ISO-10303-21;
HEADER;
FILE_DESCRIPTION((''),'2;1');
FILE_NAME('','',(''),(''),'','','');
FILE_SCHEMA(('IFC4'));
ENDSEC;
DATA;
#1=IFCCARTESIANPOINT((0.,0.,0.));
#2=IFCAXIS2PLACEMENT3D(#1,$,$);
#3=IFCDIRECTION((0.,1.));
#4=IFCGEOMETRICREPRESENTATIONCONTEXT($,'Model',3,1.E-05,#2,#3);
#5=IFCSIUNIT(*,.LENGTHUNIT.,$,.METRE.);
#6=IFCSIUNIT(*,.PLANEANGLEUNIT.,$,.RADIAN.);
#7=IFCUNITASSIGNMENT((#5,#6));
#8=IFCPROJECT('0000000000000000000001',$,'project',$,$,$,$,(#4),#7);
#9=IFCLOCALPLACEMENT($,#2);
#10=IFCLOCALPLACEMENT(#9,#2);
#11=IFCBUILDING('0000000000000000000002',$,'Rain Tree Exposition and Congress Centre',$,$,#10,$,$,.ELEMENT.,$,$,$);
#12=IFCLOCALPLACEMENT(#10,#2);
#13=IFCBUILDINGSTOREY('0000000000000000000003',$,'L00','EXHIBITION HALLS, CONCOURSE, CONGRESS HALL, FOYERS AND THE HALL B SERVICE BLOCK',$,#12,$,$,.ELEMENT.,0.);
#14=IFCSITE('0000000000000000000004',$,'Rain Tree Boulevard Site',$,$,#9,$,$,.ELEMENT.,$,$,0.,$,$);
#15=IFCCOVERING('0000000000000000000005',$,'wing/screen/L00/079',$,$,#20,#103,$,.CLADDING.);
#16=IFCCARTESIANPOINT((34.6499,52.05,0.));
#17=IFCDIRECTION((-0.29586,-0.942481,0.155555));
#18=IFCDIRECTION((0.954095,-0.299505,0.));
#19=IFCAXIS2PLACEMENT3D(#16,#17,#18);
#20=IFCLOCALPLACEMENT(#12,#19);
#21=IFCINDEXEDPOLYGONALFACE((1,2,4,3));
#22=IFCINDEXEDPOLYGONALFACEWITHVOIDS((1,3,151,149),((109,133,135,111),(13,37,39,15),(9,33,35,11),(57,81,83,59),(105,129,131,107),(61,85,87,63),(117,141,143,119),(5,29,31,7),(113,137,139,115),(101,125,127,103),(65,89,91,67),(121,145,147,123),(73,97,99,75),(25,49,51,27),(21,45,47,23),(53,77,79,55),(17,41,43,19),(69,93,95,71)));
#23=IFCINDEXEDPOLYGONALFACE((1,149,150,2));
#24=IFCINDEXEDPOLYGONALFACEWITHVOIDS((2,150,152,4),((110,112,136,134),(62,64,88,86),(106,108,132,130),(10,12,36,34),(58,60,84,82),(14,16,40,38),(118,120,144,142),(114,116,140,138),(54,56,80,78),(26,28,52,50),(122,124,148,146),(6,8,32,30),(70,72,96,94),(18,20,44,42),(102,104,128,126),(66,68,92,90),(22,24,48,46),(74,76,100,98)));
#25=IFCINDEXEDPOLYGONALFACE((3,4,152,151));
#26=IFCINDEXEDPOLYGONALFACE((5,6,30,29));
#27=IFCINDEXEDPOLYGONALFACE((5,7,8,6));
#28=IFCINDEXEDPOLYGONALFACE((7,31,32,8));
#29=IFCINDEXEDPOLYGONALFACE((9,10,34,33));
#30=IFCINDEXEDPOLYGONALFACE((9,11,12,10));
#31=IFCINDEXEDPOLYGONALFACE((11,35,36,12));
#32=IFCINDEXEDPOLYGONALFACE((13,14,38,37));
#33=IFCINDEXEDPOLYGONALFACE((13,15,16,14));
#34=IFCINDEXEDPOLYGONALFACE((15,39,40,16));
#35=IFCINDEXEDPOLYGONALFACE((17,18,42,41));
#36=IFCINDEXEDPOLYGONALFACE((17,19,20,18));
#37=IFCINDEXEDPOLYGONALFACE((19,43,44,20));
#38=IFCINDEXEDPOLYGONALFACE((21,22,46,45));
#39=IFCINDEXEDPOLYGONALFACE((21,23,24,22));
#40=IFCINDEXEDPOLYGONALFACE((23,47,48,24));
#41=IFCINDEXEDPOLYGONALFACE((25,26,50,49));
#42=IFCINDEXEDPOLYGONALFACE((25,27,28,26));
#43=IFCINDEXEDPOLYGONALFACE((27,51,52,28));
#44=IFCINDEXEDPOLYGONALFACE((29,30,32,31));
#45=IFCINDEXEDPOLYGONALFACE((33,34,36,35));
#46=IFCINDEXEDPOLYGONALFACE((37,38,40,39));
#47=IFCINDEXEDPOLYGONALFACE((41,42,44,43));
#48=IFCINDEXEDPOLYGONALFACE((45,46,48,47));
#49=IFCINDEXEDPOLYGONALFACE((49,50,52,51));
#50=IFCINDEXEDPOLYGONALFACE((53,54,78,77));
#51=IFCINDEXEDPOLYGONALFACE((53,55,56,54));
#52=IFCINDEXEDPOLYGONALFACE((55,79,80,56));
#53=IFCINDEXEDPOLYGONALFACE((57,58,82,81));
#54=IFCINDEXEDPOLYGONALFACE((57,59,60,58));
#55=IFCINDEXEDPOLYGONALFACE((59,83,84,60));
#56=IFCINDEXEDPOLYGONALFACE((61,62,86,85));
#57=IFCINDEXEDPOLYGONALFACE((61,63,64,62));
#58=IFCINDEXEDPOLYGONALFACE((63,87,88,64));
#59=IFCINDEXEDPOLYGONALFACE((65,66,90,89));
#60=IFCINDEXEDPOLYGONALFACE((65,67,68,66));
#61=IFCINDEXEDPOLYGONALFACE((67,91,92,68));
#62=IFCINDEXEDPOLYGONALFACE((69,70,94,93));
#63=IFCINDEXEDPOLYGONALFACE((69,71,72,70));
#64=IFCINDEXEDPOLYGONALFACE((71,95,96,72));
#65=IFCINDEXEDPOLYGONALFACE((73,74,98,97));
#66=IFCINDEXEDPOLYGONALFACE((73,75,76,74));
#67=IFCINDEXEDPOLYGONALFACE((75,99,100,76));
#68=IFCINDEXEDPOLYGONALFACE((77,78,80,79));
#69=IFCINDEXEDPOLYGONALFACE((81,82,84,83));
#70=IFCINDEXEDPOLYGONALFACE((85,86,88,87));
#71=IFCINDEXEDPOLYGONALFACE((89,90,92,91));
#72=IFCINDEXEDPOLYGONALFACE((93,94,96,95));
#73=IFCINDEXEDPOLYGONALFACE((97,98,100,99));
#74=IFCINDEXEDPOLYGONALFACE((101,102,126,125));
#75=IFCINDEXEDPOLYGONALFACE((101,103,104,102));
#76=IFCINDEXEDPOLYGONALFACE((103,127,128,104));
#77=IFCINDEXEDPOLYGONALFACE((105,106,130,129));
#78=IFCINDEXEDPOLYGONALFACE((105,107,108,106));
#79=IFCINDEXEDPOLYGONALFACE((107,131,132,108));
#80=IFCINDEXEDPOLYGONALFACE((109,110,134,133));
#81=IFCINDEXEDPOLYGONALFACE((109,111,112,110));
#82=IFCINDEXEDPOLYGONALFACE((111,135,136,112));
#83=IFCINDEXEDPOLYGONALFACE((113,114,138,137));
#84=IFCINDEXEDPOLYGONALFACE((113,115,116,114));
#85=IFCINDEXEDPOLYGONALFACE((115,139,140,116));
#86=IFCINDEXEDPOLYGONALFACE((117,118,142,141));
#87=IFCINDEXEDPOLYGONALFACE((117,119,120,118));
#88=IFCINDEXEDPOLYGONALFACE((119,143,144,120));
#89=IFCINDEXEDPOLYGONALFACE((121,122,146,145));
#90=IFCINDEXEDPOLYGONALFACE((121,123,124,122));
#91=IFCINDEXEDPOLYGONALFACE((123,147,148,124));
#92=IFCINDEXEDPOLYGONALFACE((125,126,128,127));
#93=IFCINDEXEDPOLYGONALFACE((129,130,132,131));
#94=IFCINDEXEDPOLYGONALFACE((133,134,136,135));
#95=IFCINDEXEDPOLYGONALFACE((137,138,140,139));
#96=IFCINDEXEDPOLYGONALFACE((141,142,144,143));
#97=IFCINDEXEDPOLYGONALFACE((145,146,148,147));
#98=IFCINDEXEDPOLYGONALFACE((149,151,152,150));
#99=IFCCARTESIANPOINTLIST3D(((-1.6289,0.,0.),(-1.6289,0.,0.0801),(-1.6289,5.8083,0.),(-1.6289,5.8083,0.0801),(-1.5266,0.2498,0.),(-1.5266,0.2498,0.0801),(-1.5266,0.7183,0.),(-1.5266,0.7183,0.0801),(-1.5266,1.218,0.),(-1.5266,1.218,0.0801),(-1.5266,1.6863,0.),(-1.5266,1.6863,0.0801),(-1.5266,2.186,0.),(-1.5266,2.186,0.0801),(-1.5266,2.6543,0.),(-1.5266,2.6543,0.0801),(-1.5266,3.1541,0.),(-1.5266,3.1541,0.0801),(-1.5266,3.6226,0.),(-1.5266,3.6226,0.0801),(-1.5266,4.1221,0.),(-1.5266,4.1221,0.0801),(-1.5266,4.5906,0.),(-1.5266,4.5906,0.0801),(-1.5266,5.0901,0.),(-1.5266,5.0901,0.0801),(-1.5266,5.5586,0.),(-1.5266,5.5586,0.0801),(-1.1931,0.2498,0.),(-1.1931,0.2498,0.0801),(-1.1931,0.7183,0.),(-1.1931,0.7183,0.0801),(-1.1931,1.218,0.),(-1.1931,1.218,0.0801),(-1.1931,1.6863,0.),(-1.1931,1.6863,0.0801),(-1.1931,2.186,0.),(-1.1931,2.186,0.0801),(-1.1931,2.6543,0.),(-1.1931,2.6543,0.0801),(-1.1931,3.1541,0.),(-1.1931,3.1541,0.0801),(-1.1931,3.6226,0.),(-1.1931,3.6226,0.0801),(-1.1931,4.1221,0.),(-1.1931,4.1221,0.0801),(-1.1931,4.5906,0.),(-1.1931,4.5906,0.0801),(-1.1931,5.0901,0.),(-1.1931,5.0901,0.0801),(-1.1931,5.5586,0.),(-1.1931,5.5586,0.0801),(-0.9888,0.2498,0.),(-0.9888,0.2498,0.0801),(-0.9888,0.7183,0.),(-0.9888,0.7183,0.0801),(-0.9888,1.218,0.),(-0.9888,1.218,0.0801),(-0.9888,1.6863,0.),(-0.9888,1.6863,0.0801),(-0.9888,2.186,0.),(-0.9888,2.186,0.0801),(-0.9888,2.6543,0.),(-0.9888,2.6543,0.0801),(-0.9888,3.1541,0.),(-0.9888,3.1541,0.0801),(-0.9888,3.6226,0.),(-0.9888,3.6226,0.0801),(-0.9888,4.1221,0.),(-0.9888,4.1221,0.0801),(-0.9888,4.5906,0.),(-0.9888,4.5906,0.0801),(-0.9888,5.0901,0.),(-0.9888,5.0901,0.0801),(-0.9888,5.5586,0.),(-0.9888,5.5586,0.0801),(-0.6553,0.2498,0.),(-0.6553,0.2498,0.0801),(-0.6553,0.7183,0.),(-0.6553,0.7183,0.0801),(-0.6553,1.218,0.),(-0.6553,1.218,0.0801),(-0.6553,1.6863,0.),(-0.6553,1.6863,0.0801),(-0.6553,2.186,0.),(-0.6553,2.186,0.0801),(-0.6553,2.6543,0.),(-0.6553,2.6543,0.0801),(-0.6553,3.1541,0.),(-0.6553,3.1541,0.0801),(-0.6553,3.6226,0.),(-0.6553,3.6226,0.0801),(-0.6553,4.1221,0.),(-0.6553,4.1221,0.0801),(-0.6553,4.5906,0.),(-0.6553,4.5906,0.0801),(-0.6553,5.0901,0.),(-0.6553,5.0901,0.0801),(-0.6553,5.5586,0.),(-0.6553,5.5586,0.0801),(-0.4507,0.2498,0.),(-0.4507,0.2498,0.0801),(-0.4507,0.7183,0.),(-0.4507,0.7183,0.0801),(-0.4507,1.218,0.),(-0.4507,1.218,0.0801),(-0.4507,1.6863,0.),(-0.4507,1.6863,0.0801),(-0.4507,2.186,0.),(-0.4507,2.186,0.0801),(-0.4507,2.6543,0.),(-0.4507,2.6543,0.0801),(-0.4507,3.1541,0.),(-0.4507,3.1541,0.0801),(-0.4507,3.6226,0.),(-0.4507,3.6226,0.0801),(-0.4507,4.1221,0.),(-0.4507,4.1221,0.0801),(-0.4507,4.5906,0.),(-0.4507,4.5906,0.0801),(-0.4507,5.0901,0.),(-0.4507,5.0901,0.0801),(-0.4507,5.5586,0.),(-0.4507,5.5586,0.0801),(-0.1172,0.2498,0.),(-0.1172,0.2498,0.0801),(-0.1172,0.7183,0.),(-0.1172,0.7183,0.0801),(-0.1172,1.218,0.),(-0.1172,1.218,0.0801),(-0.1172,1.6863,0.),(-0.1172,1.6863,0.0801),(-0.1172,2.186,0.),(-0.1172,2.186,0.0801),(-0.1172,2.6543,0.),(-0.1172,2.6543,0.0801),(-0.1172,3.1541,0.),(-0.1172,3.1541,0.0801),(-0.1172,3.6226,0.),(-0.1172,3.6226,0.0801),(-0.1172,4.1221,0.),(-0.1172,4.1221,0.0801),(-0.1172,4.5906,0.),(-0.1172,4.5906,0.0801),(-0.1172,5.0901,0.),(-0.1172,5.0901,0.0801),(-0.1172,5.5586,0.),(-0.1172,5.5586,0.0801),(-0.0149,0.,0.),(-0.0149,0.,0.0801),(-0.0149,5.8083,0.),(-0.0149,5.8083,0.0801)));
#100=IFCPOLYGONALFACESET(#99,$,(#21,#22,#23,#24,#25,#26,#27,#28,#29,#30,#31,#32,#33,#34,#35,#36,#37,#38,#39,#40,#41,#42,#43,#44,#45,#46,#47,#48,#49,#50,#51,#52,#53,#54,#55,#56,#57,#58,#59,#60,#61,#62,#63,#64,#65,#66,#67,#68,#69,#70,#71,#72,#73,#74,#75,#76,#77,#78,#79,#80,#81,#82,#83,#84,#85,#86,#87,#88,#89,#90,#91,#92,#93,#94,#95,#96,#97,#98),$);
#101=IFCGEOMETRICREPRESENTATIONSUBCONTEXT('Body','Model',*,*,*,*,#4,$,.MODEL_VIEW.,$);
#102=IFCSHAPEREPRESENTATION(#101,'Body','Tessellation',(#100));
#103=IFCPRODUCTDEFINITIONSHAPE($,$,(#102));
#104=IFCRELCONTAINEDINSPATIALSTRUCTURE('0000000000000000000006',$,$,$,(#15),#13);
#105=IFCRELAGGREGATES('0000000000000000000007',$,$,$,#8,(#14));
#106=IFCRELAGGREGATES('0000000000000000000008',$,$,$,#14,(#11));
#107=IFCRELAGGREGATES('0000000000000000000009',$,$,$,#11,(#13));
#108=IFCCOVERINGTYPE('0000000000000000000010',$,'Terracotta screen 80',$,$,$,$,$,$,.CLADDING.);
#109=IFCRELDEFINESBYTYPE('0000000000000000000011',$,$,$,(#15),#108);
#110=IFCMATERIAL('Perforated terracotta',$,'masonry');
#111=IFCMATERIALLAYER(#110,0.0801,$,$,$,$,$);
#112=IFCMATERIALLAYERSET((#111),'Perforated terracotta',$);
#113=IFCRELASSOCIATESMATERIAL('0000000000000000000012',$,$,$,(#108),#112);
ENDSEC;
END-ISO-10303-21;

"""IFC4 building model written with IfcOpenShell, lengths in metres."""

from ifc_helpers import new_model, si_unit, direction, frame, origin, place, context, subcontext, project, spatial, polyline, outline, extrude, material, layer, layer_set, type_object, element, save


model = new_model("IFC4")

# Units and contexts
model_context = context("Model", 3, precision=1e-05, world=origin(), true_north=direction((0.0, 1.0)))
body_context = subcontext(model_context, "Body", "Model", "MODEL_VIEW")
ifc_project = project(units=[si_unit("LENGTHUNIT", "METRE"), si_unit("PLANEANGLEUNIT", "RADIAN")], contexts=[model_context])

# Site, building, storey
site_placement = place(None, origin())
site = spatial("IfcSite", under=ifc_project, at=site_placement, Name="Rain Tree Boulevard Site", CompositionType="ELEMENT", RefElevation=0.0)
building_placement = place(site_placement, origin())
building = spatial("IfcBuilding", under=site, at=building_placement, Name="Rain Tree Exposition and Congress Centre", CompositionType="ELEMENT")
storey_placement = place(building_placement, origin())
storey = spatial("IfcBuildingStorey", under=building, at=storey_placement, Name="L00", Description="EXHIBITION HALLS, CONCOURSE, CONGRESS HALL, FOYERS AND THE HALL B SERVICE BLOCK", CompositionType="ELEMENT", Elevation=0.0)

# Covering
ifc_material_1 = material(Name="Perforated terracotta", Category="masonry")
ifc_layer_1 = layer(ifc_material_1, 0.0801)
ifc_layer_set_1 = layer_set([ifc_layer_1], Name="Perforated terracotta")
covering_type = type_object("IfcCoveringType", Name="Terracotta screen 80", PredefinedType="CLADDING", material=ifc_layer_set_1)
covering_1_placement = place(storey_placement, frame((34.6499, 52.05, 0.0), z_axis=(-0.29586, -0.942481, 0.155555), x_axis=(0.954095, -0.299505, 0.0)))
element("IfcCovering", 1, at=covering_1_placement, inside=storey, type_object=covering_type, Name="wing/screen/L00/079", PredefinedType="CLADDING", context=body_context, shape_type="SweptSolid", body=[
    extrude(outline(polyline([(-0.0149, 5.8083), (-0.0149, 0.0), (-1.6289, 0.0), (-1.6289, 5.8083), (-0.0149, 5.8083)]), holes=[polyline([(-0.1172, 0.2498), (-0.1172, 0.7183), (-0.4507, 0.7183), (-0.4507, 0.2498), (-0.1172, 0.2498)]), polyline([(-0.1172, 1.218), (-0.1172, 1.6863), (-0.4507, 1.6863), (-0.4507, 1.218), (-0.1172, 1.218)]), polyline([(-0.1172, 2.186), (-0.1172, 2.6543), (-0.4507, 2.6543), (-0.4507, 2.186), (-0.1172, 2.186)]), polyline([(-0.1172, 3.1541), (-0.1172, 3.6226), (-0.4507, 3.6226), (-0.4507, 3.1541), (-0.1172, 3.1541)]), polyline([(-0.1172, 4.1221), (-0.1172, 4.5906), (-0.4507, 4.5906), (-0.4507, 4.1221), (-0.1172, 4.1221)]), polyline([(-0.1172, 5.0901), (-0.1172, 5.5586), (-0.4507, 5.5586), (-0.4507, 5.0901), (-0.1172, 5.0901)]), polyline([(-0.6553, 0.2498), (-0.6553, 0.7183), (-0.9888, 0.7183), (-0.9888, 0.2498), (-0.6553, 0.2498)]), polyline([(-0.6553, 1.218), (-0.6553, 1.6863), (-0.9888, 1.6863), (-0.9888, 1.218), (-0.6553, 1.218)]), polyline([(-0.6553, 2.186), (-0.6553, 2.6543), (-0.9888, 2.6543), (-0.9888, 2.186), (-0.6553, 2.186)]), polyline([(-0.6553, 3.1541), (-0.6553, 3.6226), (-0.9888, 3.6226), (-0.9888, 3.1541), (-0.6553, 3.1541)]), polyline([(-0.6553, 4.1221), (-0.6553, 4.5906), (-0.9888, 4.5906), (-0.9888, 4.1221), (-0.6553, 4.1221)]), polyline([(-0.6553, 5.0901), (-0.6553, 5.5586), (-0.9888, 5.5586), (-0.9888, 5.0901), (-0.6553, 5.0901)]), polyline([(-1.1931, 0.2498), (-1.1931, 0.7183), (-1.5266, 0.7183), (-1.5266, 0.2498), (-1.1931, 0.2498)]), polyline([(-1.1931, 1.218), (-1.1931, 1.6863), (-1.5266, 1.6863), (-1.5266, 1.218), (-1.1931, 1.218)]), polyline([(-1.1931, 2.186), (-1.1931, 2.6543), (-1.5266, 2.6543), (-1.5266, 2.186), (-1.1931, 2.186)]), polyline([(-1.1931, 3.1541), (-1.1931, 3.6226), (-1.5266, 3.6226), (-1.5266, 3.1541), (-1.1931, 3.1541)]), polyline([(-1.1931, 4.1221), (-1.1931, 4.5906), (-1.5266, 4.5906), (-1.5266, 4.1221), (-1.1931, 4.1221)]), polyline([(-1.1931, 5.0901), (-1.1931, 5.5586), (-1.5266, 5.5586), (-1.5266, 5.0901), (-1.1931, 5.0901)])]), origin(), (0.0, 0.0, 1.0), 0.0801),
])

save(model, "model.ifc")
